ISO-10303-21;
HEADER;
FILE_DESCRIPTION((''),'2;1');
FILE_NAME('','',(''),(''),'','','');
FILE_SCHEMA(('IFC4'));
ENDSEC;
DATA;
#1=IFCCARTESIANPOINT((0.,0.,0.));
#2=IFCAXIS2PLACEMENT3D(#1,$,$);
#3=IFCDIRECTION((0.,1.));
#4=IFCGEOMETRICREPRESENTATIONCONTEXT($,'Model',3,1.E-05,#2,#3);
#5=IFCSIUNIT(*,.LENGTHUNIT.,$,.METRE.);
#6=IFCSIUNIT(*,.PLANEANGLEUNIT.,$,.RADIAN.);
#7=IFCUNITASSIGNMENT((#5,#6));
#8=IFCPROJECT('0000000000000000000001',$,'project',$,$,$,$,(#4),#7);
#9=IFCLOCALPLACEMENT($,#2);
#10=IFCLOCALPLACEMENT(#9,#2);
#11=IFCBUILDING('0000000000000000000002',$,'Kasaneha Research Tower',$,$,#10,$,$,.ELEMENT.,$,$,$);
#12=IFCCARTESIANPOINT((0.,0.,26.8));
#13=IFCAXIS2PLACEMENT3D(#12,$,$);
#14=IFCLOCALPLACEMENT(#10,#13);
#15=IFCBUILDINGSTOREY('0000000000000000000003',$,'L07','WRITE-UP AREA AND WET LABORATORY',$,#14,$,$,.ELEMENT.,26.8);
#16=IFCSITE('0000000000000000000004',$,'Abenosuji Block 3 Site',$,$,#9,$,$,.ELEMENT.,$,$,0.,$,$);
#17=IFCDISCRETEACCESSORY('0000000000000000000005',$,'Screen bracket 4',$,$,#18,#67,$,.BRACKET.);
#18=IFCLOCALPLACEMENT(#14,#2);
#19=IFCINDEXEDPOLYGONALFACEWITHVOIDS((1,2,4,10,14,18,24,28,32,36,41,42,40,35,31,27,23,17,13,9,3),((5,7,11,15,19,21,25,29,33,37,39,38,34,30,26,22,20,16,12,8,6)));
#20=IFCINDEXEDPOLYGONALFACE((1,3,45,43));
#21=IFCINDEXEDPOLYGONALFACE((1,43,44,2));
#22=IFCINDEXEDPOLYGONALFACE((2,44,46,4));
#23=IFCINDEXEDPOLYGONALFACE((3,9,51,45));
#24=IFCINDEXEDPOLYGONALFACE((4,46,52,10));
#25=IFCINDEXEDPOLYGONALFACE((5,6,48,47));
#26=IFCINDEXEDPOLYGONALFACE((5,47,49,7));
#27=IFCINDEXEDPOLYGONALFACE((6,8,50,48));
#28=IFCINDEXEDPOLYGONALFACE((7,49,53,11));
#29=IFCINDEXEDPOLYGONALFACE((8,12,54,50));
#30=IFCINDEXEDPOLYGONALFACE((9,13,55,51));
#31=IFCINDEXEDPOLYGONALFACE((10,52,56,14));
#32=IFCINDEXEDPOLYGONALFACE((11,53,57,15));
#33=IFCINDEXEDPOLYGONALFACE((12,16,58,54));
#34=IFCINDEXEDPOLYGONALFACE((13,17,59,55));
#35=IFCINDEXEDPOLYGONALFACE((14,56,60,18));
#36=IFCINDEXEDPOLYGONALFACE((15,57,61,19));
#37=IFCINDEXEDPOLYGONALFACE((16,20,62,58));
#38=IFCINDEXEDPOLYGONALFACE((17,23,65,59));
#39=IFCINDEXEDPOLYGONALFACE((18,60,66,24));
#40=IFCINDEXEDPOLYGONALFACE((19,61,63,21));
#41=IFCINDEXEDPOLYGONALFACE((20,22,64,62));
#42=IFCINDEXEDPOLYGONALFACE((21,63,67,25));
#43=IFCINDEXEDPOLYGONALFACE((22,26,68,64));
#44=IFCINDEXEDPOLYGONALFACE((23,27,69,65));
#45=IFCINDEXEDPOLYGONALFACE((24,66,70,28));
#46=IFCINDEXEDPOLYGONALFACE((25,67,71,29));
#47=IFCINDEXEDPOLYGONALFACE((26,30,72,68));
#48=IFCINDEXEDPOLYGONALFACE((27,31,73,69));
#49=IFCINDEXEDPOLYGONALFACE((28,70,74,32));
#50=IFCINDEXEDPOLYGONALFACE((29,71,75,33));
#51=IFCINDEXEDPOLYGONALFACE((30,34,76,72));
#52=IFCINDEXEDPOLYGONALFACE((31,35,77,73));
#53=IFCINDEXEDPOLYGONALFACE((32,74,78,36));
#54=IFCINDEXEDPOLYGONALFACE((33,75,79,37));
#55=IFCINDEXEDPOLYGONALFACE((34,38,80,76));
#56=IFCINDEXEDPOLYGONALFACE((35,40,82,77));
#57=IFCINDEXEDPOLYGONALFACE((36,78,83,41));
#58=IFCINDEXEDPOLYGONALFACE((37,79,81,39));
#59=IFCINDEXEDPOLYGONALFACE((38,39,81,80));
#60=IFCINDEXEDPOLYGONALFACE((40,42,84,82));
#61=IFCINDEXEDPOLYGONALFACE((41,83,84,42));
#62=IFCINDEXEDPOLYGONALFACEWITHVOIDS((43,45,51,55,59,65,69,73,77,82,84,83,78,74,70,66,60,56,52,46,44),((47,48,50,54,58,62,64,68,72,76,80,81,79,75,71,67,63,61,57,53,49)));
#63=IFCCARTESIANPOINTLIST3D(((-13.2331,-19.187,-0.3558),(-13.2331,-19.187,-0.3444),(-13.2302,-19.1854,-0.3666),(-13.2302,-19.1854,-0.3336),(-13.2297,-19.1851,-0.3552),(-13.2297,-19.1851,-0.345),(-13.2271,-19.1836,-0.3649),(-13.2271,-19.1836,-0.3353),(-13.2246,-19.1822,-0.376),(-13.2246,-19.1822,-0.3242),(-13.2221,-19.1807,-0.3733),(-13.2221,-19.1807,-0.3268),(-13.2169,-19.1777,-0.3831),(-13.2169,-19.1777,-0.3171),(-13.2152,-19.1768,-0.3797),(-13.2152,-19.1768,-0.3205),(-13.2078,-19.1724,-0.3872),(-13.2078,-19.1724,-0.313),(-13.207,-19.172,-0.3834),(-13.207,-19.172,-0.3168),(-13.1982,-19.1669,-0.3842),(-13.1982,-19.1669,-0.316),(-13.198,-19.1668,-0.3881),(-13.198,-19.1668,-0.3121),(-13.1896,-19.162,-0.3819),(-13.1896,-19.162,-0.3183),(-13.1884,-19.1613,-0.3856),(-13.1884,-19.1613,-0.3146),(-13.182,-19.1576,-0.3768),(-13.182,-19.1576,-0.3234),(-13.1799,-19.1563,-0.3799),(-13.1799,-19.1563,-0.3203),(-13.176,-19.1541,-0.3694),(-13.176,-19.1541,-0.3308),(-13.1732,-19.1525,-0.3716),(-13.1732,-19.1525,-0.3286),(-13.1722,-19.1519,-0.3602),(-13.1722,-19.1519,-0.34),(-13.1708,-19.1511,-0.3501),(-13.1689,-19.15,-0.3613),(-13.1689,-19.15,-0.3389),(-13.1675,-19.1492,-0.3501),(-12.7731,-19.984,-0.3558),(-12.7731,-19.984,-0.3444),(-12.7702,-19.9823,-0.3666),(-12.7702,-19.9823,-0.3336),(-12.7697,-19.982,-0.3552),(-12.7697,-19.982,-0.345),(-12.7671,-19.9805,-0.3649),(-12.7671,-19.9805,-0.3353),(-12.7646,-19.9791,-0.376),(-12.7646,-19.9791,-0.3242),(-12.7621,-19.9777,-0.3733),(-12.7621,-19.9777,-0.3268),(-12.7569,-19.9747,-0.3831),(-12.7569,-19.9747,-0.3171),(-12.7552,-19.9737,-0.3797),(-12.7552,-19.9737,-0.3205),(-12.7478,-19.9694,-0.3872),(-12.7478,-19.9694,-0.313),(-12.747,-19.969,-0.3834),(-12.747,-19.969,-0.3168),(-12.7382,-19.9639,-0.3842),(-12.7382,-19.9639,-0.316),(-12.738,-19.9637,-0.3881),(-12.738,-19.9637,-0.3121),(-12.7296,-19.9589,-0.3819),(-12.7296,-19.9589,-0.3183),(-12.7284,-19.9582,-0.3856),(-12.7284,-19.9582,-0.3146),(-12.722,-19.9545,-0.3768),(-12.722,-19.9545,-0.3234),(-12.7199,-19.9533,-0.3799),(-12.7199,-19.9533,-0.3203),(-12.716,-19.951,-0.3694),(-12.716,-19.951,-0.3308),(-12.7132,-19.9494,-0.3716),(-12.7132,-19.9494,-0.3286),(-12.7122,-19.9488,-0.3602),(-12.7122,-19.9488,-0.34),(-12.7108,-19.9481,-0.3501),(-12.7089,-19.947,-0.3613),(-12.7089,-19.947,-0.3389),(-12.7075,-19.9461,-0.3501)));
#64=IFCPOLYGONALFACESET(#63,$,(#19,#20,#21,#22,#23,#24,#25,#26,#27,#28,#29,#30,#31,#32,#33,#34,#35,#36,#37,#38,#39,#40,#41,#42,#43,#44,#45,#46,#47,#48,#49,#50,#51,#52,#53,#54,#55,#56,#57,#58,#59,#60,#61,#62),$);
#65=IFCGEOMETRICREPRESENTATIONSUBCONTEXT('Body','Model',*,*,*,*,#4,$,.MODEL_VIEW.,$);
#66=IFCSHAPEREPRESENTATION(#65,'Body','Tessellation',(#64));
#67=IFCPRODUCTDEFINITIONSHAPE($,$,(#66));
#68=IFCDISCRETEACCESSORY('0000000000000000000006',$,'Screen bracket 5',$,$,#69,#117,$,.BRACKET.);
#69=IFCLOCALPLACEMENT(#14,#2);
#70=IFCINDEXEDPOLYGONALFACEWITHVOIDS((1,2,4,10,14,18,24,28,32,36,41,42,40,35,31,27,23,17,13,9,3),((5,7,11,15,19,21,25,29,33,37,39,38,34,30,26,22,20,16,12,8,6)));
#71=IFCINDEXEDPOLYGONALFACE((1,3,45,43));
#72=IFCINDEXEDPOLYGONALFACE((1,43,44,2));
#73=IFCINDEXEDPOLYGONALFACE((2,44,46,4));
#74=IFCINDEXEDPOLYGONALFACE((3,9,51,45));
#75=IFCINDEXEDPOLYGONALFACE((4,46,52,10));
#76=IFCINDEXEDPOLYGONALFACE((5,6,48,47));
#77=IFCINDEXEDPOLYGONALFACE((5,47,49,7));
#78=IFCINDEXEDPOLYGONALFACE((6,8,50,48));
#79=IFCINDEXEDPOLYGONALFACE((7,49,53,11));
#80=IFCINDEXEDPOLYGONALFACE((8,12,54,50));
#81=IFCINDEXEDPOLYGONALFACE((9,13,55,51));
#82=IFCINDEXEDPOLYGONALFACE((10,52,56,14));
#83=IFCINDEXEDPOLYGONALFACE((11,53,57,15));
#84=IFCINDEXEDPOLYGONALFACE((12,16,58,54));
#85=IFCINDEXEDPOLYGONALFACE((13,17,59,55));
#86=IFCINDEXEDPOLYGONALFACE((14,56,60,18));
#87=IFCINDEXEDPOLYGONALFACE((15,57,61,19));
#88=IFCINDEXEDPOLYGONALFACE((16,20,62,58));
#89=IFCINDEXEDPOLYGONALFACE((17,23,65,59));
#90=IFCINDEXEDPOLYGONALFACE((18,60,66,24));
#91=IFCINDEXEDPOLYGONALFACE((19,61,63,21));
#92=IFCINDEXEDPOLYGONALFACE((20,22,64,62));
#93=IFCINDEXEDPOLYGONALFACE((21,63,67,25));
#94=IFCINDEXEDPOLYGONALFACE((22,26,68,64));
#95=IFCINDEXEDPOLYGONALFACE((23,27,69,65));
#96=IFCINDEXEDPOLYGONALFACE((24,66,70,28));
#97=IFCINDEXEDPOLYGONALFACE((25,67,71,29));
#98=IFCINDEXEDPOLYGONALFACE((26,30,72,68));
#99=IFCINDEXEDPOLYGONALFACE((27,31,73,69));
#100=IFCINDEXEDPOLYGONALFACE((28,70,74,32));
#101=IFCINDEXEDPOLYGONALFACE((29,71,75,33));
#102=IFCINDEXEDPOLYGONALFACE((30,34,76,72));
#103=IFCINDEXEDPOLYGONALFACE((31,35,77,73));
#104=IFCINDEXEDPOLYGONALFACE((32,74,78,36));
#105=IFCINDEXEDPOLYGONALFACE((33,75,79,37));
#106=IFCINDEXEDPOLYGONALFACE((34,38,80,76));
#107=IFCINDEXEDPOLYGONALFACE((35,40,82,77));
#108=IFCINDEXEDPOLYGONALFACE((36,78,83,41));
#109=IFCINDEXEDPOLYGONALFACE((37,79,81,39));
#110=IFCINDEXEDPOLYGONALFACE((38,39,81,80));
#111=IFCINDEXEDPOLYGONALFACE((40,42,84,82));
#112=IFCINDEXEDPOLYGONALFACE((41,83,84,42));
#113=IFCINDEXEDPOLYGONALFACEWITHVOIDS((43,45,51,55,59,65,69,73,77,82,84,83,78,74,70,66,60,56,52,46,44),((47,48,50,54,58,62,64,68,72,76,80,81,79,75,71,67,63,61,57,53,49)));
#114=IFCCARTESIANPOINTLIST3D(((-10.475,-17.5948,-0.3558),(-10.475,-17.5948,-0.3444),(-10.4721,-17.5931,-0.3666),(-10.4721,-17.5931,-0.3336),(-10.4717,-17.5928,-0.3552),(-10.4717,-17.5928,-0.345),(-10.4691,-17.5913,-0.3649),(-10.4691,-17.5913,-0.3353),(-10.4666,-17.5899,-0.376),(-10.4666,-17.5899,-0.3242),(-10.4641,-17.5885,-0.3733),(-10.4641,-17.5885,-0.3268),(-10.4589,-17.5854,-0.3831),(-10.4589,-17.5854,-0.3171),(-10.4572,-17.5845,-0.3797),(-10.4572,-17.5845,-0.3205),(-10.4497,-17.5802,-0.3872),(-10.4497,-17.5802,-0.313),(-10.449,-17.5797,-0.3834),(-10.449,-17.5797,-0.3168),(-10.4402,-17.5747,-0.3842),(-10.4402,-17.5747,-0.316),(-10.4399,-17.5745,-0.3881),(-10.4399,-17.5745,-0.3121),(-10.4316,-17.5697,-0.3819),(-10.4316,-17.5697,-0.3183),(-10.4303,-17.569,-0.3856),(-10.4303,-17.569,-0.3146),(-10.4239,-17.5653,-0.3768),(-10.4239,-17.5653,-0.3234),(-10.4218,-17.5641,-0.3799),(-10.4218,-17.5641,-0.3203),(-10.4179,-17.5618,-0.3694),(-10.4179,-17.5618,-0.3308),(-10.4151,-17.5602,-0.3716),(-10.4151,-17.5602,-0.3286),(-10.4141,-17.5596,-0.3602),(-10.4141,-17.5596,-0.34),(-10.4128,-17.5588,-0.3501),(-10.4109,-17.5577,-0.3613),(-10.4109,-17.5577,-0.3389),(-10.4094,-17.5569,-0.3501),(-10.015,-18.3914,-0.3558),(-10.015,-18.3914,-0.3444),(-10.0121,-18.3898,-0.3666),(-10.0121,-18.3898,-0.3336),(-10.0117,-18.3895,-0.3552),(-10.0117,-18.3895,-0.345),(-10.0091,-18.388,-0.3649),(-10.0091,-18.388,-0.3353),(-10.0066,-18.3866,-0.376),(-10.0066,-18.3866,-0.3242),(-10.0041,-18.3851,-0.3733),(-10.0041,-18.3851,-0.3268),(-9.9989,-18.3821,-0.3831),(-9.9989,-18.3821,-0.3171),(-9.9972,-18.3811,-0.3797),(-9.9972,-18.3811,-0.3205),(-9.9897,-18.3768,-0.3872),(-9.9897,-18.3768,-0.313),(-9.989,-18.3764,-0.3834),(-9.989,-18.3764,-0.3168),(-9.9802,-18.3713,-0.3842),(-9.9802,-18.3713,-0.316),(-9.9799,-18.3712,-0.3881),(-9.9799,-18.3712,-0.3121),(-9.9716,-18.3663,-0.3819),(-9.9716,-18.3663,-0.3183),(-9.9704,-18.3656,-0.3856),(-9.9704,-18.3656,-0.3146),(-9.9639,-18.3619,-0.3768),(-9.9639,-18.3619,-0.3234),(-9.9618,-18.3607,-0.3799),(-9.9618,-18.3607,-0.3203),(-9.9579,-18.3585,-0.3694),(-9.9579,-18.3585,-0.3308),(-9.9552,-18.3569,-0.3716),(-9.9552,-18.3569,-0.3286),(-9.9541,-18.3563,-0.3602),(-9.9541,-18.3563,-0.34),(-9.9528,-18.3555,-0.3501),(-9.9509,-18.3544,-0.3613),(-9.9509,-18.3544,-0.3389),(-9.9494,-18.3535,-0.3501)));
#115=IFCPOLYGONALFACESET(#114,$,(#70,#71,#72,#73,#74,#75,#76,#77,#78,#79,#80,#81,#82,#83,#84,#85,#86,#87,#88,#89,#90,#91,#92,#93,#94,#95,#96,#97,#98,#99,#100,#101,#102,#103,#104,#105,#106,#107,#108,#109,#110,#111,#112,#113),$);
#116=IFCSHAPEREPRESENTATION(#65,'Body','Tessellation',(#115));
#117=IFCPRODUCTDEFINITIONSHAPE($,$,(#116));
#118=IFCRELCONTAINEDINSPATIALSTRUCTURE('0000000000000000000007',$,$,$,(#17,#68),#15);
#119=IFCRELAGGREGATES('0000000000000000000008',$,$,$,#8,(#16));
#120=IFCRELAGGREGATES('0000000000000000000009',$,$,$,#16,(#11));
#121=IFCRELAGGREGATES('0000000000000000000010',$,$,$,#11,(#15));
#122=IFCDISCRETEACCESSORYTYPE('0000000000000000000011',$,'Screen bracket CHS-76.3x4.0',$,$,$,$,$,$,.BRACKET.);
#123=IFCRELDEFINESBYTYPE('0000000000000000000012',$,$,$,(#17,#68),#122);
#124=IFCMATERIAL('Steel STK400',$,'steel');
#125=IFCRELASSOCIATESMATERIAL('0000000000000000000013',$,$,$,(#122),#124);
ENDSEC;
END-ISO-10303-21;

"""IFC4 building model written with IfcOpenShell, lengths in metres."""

from ifc_helpers import new_model, si_unit, direction, frame, origin, origin_2d, place, context, subcontext, project, spatial, hollow_circle, extrude, material, material_profile, profile_set, type_object, element, save


model = new_model("IFC4")

# Units and contexts
model_context = context("Model", 3, precision=1e-05, world=origin(), true_north=direction((0.0, 1.0)))
body_context = subcontext(model_context, "Body", "Model", "MODEL_VIEW")
ifc_project = project(units=[si_unit("LENGTHUNIT", "METRE"), si_unit("PLANEANGLEUNIT", "RADIAN")], contexts=[model_context])

# Site, building, storey
site_placement = place(None, origin())
site = spatial("IfcSite", under=ifc_project, at=site_placement, Name="Abenosuji Block 3 Site", CompositionType="ELEMENT", RefElevation=0.0)
building_placement = place(site_placement, origin())
building = spatial("IfcBuilding", under=site, at=building_placement, Name="Kasaneha Research Tower", CompositionType="ELEMENT")
storey_placement = place(building_placement, frame((0.0, 0.0, 26.8)))
storey = spatial("IfcBuildingStorey", under=building, at=storey_placement, Name="L07", Description="WRITE-UP AREA AND WET LABORATORY", CompositionType="ELEMENT", Elevation=26.8)

# Discrete accessories
ifc_material_1 = material(Name="Steel STK400", Category="steel")
ifc_material_profile_1 = material_profile(ifc_material_1, hollow_circle(Radius=0.0381, WallThickness=0.0039, at=origin_2d()), Name="CHS-76.3x4.0")
ifc_profile_set_1 = profile_set([ifc_material_profile_1], Name="Steel STK400")
discrete_accessory_type = type_object("IfcDiscreteAccessoryType", Name="Screen bracket CHS-76.3x4.0", PredefinedType="BRACKET", material=ifc_profile_set_1)
discrete_accessory_1_placement = place(storey_placement, frame((-13.2004, -19.1682, -0.3501), z_axis=(0.499906, -0.86608, 0.0), x_axis=(0.86608, 0.499906, 0.0)))
element("IfcDiscreteAccessory", 1, at=discrete_accessory_1_placement, inside=storey, type_object=discrete_accessory_type, Name="Screen bracket 4", PredefinedType="BRACKET", context=body_context, shape_type="SweptSolid", body=[
    extrude(hollow_circle(Radius=0.0381, WallThickness=0.0039, at=origin_2d()), origin(), (0.0, 0.0, 1.0), 0.9202),
])
discrete_accessory_2_placement = place(storey_placement, frame((-10.4424, -17.5759, -0.3501), z_axis=(0.500021, -0.866013, 0.0), x_axis=(0.866013, 0.500021, 0.0)))
element("IfcDiscreteAccessory", 2, at=discrete_accessory_2_placement, inside=storey, type_object=discrete_accessory_type, Name="Screen bracket 5", PredefinedType="BRACKET", context=body_context, shape_type="SweptSolid", body=[
    extrude(hollow_circle(Radius=0.0381, WallThickness=0.0039, at=origin_2d()), origin(), (0.0, 0.0, 1.0), 0.9199),
])

save(model, "model.ifc")
